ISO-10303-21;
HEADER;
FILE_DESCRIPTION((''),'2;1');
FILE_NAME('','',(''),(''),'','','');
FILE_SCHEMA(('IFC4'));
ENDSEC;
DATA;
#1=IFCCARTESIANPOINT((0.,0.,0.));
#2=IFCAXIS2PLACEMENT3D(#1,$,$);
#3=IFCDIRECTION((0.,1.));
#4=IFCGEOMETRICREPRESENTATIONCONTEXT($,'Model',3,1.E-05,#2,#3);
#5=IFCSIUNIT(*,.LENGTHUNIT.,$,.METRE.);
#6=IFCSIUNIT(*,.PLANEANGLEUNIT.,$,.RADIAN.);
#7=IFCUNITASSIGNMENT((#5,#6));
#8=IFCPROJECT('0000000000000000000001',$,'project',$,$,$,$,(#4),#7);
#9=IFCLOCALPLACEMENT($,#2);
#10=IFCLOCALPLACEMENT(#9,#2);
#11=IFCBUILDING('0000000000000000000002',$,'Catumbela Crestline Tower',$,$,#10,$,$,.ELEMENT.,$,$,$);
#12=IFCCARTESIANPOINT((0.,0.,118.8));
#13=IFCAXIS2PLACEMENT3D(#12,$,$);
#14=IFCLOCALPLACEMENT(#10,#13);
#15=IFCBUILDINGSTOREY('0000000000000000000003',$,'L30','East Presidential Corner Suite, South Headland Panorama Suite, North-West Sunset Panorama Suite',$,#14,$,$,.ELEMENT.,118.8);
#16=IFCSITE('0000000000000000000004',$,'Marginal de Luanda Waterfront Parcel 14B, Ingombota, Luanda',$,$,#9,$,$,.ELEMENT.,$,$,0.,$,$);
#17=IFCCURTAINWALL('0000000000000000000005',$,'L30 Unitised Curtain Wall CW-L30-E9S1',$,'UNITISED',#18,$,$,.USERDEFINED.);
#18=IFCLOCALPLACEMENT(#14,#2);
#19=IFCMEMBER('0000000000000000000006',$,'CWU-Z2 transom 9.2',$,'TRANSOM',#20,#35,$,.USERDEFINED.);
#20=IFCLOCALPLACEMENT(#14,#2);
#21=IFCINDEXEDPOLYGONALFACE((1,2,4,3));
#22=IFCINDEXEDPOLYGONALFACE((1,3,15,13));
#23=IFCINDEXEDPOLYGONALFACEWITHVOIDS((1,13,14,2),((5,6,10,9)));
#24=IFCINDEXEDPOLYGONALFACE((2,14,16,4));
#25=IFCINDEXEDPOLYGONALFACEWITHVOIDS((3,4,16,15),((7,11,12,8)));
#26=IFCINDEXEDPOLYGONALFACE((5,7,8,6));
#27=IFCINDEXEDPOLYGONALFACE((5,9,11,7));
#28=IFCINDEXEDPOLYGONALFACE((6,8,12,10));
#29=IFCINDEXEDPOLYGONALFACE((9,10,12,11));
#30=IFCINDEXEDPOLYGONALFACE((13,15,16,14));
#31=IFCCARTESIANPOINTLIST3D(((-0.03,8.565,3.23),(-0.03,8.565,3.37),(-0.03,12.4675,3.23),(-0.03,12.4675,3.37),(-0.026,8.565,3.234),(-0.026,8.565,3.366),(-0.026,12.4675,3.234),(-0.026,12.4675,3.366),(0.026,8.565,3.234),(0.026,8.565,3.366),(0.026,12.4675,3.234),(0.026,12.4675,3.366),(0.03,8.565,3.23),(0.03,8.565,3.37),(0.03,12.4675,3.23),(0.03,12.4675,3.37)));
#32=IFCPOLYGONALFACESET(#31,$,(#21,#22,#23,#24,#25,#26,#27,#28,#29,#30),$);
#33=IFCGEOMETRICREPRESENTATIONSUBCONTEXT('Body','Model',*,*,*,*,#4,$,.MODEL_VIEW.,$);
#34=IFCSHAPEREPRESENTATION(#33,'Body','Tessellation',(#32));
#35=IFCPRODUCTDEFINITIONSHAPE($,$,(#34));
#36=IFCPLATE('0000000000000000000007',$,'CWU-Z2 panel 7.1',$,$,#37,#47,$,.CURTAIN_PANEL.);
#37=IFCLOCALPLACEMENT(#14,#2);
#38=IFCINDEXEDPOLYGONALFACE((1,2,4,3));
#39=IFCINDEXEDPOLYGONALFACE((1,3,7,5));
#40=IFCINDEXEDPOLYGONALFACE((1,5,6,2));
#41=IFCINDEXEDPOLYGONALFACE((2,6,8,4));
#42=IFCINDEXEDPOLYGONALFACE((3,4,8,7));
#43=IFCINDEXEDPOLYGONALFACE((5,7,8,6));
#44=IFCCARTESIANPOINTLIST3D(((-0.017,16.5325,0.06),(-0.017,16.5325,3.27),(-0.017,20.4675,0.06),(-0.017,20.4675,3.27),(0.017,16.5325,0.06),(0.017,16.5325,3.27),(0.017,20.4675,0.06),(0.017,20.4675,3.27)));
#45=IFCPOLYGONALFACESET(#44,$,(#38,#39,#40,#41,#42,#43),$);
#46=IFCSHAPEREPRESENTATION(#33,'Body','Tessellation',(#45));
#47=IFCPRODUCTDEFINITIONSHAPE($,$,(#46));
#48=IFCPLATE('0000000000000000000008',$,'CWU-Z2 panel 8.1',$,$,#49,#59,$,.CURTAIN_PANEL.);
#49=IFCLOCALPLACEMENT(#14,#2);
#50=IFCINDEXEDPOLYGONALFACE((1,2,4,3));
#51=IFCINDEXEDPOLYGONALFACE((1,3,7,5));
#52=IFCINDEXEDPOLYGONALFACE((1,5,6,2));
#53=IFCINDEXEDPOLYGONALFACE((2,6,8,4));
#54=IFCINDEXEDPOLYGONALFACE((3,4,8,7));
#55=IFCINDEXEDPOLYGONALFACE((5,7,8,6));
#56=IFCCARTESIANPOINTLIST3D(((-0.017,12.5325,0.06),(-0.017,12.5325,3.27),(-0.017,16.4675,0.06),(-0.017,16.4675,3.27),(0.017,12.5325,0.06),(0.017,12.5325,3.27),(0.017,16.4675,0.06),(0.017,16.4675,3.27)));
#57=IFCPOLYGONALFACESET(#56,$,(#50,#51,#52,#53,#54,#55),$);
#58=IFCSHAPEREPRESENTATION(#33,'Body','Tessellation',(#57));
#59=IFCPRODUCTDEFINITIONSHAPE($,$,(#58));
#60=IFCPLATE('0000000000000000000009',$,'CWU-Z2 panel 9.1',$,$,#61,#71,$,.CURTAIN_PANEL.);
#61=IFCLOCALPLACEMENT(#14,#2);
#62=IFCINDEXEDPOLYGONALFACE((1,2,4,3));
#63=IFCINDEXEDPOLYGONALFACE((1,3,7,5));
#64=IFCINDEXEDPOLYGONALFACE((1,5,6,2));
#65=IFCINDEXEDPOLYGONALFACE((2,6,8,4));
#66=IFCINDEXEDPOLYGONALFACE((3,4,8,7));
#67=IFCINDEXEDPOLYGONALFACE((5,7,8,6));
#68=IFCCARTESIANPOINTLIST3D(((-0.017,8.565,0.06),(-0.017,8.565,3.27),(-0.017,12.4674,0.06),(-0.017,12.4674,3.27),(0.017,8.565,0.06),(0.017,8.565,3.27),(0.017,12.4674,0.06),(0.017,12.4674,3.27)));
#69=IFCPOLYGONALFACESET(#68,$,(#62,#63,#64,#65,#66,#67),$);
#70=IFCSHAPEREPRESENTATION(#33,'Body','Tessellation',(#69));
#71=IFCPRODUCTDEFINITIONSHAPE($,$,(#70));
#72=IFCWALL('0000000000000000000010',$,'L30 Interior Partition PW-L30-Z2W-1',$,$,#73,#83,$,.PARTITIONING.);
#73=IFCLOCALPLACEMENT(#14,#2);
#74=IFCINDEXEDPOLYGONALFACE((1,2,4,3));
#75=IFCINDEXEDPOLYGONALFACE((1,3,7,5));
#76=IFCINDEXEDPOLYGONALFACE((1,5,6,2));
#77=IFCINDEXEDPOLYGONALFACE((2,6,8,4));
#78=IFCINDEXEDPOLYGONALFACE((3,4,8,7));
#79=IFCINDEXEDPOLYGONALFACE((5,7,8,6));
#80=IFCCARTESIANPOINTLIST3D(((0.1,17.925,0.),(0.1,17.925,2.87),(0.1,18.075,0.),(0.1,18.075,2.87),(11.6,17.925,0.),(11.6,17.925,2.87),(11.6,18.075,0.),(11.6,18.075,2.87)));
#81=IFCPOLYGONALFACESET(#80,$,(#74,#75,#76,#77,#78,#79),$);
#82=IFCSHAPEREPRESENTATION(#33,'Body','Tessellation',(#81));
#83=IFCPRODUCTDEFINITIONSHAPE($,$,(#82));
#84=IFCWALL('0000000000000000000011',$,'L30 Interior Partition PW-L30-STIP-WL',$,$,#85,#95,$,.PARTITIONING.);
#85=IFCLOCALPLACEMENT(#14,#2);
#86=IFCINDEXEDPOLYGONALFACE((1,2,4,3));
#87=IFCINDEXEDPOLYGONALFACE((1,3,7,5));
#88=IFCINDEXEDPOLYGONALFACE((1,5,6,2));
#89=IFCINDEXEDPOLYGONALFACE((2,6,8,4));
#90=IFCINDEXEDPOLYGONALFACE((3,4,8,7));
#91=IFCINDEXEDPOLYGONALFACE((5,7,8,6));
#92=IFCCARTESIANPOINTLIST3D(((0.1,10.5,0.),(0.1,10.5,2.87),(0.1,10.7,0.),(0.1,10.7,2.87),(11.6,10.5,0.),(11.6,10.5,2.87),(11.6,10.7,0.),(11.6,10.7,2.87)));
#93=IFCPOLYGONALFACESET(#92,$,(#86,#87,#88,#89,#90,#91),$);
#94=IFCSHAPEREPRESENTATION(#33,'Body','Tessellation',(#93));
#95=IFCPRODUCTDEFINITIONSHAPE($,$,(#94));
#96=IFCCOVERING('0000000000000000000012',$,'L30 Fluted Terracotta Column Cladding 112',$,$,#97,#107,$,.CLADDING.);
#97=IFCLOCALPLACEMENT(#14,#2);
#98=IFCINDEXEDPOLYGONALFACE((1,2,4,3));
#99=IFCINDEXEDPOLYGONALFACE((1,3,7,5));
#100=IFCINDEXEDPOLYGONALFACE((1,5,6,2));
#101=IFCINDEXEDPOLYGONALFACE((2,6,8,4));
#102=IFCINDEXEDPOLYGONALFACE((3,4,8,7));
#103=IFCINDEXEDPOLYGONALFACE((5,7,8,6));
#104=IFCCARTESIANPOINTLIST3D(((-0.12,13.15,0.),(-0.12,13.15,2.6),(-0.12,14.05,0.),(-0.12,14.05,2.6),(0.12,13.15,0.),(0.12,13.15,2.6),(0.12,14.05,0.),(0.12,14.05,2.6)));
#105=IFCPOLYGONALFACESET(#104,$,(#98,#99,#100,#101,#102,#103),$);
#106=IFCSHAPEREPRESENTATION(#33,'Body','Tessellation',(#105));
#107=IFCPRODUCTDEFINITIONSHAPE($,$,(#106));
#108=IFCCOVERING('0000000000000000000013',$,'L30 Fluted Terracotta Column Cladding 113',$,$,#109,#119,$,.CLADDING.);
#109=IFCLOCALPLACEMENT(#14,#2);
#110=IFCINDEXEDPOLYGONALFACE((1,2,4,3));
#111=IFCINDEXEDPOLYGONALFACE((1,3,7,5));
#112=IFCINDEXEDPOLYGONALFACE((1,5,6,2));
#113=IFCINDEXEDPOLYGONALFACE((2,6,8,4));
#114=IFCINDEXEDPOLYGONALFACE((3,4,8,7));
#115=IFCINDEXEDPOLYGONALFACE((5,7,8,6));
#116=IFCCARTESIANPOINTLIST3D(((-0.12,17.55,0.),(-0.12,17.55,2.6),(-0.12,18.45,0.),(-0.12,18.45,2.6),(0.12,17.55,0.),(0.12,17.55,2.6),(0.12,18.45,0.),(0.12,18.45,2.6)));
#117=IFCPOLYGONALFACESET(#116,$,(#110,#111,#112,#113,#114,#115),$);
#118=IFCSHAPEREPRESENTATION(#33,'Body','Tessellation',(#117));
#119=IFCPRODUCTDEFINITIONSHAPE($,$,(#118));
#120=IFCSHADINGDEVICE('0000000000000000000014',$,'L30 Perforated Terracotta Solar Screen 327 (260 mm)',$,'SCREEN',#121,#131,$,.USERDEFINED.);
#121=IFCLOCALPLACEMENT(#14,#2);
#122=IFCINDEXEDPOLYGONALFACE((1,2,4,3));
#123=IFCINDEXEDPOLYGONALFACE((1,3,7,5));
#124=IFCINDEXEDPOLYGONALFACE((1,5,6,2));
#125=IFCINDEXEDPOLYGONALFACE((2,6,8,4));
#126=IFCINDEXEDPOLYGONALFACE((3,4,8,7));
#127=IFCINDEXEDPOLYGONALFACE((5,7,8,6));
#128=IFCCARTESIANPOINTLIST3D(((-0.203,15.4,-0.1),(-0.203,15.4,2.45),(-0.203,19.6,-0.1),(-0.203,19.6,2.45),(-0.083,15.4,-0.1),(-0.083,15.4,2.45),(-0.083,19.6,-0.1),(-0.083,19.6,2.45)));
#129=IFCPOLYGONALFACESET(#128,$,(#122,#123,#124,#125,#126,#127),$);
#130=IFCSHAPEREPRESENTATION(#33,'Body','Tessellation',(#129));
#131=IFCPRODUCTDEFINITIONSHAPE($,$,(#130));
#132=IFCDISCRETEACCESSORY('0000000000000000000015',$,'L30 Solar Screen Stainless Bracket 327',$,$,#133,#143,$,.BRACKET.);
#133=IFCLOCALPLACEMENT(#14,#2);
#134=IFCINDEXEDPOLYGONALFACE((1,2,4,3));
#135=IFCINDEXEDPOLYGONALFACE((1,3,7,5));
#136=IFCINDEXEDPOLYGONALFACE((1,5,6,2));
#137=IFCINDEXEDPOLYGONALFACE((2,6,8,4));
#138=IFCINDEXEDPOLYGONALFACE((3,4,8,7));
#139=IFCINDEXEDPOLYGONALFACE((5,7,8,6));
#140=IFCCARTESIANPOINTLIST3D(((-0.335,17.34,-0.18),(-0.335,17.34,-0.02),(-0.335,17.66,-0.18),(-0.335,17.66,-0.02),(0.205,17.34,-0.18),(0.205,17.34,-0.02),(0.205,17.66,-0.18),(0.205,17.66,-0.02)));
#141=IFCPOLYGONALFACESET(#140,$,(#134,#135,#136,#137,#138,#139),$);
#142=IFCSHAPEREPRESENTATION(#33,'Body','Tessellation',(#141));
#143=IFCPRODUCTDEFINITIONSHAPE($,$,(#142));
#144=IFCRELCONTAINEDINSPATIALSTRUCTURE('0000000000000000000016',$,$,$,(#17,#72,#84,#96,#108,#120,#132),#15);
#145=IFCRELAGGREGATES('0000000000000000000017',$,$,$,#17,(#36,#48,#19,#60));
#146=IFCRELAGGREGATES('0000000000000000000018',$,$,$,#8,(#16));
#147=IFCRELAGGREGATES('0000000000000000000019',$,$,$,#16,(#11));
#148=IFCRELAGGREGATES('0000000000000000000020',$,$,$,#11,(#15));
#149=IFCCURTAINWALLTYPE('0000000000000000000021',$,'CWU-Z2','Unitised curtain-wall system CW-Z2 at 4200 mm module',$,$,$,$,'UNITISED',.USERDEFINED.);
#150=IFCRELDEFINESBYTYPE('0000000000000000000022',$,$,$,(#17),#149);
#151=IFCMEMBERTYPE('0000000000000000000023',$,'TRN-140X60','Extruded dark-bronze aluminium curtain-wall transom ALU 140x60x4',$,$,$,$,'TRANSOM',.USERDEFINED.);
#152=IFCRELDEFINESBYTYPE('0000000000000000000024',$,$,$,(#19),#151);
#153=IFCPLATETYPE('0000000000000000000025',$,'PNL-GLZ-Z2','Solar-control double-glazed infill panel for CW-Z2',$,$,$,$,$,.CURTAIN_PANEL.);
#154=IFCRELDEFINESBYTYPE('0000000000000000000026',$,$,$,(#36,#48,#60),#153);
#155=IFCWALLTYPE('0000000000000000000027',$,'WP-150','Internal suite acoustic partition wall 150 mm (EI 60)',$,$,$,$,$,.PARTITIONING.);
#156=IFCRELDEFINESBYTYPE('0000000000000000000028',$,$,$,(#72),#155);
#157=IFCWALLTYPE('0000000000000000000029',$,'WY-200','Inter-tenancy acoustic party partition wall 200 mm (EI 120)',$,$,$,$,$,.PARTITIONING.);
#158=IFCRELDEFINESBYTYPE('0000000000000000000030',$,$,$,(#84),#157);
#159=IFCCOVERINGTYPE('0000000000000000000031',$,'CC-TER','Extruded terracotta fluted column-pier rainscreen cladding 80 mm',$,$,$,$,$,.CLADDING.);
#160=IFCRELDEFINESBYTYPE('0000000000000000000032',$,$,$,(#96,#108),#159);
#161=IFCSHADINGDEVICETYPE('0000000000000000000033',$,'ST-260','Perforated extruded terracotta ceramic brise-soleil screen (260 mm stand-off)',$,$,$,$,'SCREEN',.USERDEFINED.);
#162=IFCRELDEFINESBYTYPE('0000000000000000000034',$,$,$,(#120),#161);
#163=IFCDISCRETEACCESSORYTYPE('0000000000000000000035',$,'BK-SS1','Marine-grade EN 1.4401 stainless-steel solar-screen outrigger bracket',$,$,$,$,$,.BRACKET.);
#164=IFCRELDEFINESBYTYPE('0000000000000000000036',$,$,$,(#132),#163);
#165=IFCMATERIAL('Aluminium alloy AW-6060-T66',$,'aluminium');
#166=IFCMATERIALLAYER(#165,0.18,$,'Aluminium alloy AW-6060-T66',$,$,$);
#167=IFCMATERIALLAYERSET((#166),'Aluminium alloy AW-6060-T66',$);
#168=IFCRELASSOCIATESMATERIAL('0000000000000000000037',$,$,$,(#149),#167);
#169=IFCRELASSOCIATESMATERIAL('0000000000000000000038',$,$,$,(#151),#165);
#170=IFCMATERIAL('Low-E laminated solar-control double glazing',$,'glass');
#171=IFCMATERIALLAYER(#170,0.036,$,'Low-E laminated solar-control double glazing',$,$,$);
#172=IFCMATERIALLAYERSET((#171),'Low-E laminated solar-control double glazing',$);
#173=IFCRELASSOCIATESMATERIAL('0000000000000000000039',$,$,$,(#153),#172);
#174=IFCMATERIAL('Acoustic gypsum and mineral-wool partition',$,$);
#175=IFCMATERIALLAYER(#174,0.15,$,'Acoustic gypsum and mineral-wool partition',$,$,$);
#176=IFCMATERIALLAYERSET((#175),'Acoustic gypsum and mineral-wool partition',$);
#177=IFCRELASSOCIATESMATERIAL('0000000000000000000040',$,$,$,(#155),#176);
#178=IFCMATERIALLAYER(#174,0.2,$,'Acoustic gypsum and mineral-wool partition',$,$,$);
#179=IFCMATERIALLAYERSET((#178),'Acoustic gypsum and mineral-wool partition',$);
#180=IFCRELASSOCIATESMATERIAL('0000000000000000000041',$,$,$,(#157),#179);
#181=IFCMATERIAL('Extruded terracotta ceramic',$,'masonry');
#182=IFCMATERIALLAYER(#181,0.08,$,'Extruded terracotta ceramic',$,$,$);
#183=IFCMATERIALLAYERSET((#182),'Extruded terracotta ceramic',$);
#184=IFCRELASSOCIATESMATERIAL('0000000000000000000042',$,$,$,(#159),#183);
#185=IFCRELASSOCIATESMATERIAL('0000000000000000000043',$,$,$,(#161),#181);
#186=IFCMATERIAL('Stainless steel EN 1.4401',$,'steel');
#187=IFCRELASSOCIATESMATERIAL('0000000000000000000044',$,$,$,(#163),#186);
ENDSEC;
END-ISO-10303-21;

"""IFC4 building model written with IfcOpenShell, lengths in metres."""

from ifc_helpers import new_model, si_unit, direction, frame, frame_2d, origin, origin_2d, place, context, subcontext, project, spatial, rectangle, hollow_rectangle, extrude, material, layer, layer_set, material_profile, profile_set, type_object, element, aggregate, save


model = new_model("IFC4")

# Units and contexts
model_context = context("Model", 3, precision=1e-05, world=origin(), true_north=direction((0.0, 1.0)))
body_context = subcontext(model_context, "Body", "Model", "MODEL_VIEW")
ifc_project = project(units=[si_unit("LENGTHUNIT", "METRE"), si_unit("PLANEANGLEUNIT", "RADIAN")], contexts=[model_context])

# Site, building, storey
site_placement = place(None, origin())
site = spatial("IfcSite", under=ifc_project, at=site_placement, Name="Marginal de Luanda Waterfront Parcel 14B, Ingombota, Luanda", CompositionType="ELEMENT", RefElevation=0.0)
building_placement = place(site_placement, origin())
building = spatial("IfcBuilding", under=site, at=building_placement, Name="Catumbela Crestline Tower", CompositionType="ELEMENT")
storey_placement = place(building_placement, frame((0.0, 0.0, 118.8)))
storey = spatial("IfcBuildingStorey", under=building, at=storey_placement, Name="L30", Description="East Presidential Corner Suite, South Headland Panorama Suite, North-West Sunset Panorama Suite", CompositionType="ELEMENT", Elevation=118.8)

# Curtain wall
ifc_material_1 = material(Name="Aluminium alloy AW-6060-T66", Category="aluminium")
ifc_layer_1 = layer(ifc_material_1, 0.18, Name="Aluminium alloy AW-6060-T66")
ifc_layer_set_1 = layer_set([ifc_layer_1], Name="Aluminium alloy AW-6060-T66")
curtain_wall_type = type_object("IfcCurtainWallType", Name="CWU-Z2", Description="Unitised curtain-wall system CW-Z2 at 4200 mm module", ElementType="UNITISED", PredefinedType="USERDEFINED", material=ifc_layer_set_1)
curtain_wall_placement = place(storey_placement, origin())
curtain_wall = element("IfcCurtainWall", 1, at=curtain_wall_placement, inside=storey, type_object=curtain_wall_type, Name="L30 Unitised Curtain Wall CW-L30-E9S1", ObjectType="UNITISED", PredefinedType="USERDEFINED")

# Member
ifc_material_profile_1 = material_profile(ifc_material_1, hollow_rectangle(XDim=0.06, YDim=0.14, WallThickness=0.004, at=origin_2d()), Name="ALU 140x60x4")
ifc_profile_set_1 = profile_set([ifc_material_profile_1], Name="Aluminium alloy AW-6060-T66")
member_type_1 = type_object("IfcMemberType", Name="TRN-140X60", Description="Extruded dark-bronze aluminium curtain-wall transom ALU 140x60x4", ElementType="TRANSOM", PredefinedType="USERDEFINED", material=ifc_profile_set_1)
member_1_placement = place(storey_placement, frame((0.0, 12.4675, 3.3), z_axis=(0.0, -1.0, 0.0), x_axis=(1.0, 0.0, 0.0)))
member_1 = element("IfcMember", 2, at=member_1_placement, type_object=member_type_1, Name="CWU-Z2 transom 9.2", ObjectType="TRANSOM", PredefinedType="USERDEFINED", context=body_context, shape_type="SweptSolid", body=[
    extrude(hollow_rectangle(XDim=0.06, YDim=0.14, WallThickness=0.004, at=origin_2d()), origin(), (0.0, 0.0, 1.0), 3.9025),
])

# Plates
ifc_material_2 = material(Name="Low-E laminated solar-control double glazing", Category="glass")
ifc_layer_2 = layer(ifc_material_2, 0.036, Name="Low-E laminated solar-control double glazing")
ifc_layer_set_2 = layer_set([ifc_layer_2], Name="Low-E laminated solar-control double glazing")
plate_type = type_object("IfcPlateType", Name="PNL-GLZ-Z2", Description="Solar-control double-glazed infill panel for CW-Z2", PredefinedType="CURTAIN_PANEL", material=ifc_layer_set_2)
plate_1_placement = place(storey_placement, frame((0.0, 18.5, 0.06), z_axis=(0.0, 0.0, 1.0), x_axis=(0.0, -1.0, 0.0)))
plate_1 = element("IfcPlate", 3, at=plate_1_placement, type_object=plate_type, Name="CWU-Z2 panel 7.1", PredefinedType="CURTAIN_PANEL", context=body_context, shape_type="SweptSolid", body=[
    extrude(rectangle(XDim=3.935, YDim=0.034, at=origin_2d()), origin(), (0.0, 0.0, 1.0), 3.21),
])
plate_2_placement = place(storey_placement, frame((0.0, 14.5, 0.06), z_axis=(0.0, 0.0, 1.0), x_axis=(0.0, -1.0, 0.0)))
plate_2 = element("IfcPlate", 4, at=plate_2_placement, type_object=plate_type, Name="CWU-Z2 panel 8.1", PredefinedType="CURTAIN_PANEL", context=body_context, shape_type="SweptSolid", body=[
    extrude(rectangle(XDim=3.935, YDim=0.034, at=origin_2d()), origin(), (0.0, 0.0, 1.0), 3.21),
])
plate_3_placement = place(storey_placement, frame((0.0, 10.5162, 0.06), z_axis=(0.0, 0.0, 1.0), x_axis=(0.0, -1.0, 0.0)))
plate_3 = element("IfcPlate", 5, at=plate_3_placement, type_object=plate_type, Name="CWU-Z2 panel 9.1", PredefinedType="CURTAIN_PANEL", context=body_context, shape_type="SweptSolid", body=[
    extrude(rectangle(XDim=3.9025, YDim=0.034, at=origin_2d()), origin(), (0.0, 0.0, 1.0), 3.21),
])
aggregate(curtain_wall, [plate_1, plate_2, member_1, plate_3])

# Walls
ifc_material_3 = material(Name="Acoustic gypsum and mineral-wool partition")
ifc_layer_3 = layer(ifc_material_3, 0.15, Name="Acoustic gypsum and mineral-wool partition")
ifc_layer_set_3 = layer_set([ifc_layer_3], Name="Acoustic gypsum and mineral-wool partition")
wall_type_1 = type_object("IfcWallType", Name="WP-150", Description="Internal suite acoustic partition wall 150 mm (EI 60)", PredefinedType="PARTITIONING", material=ifc_layer_set_3)
wall_1_placement = place(storey_placement, frame((0.1, 18.0, 0.0), z_axis=(0.0, 0.0, 1.0), x_axis=(1.0, 0.0, 0.0)))
element("IfcWall", 6, at=wall_1_placement, inside=storey, type_object=wall_type_1, Name="L30 Interior Partition PW-L30-Z2W-1", PredefinedType="PARTITIONING", context=body_context, shape_type="SweptSolid", body=[
    extrude(rectangle(XDim=11.5, YDim=0.15, at=frame_2d((5.75, 0.0))), origin(), (0.0, 0.0, 1.0), 2.87),
])
ifc_layer_4 = layer(ifc_material_3, 0.2, Name="Acoustic gypsum and mineral-wool partition")
ifc_layer_set_4 = layer_set([ifc_layer_4], Name="Acoustic gypsum and mineral-wool partition")
wall_type_2 = type_object("IfcWallType", Name="WY-200", Description="Inter-tenancy acoustic party partition wall 200 mm (EI 120)", PredefinedType="PARTITIONING", material=ifc_layer_set_4)
wall_2_placement = place(storey_placement, frame((0.1, 10.6, 0.0), z_axis=(0.0, 0.0, 1.0), x_axis=(1.0, 0.0, 0.0)))
element("IfcWall", 7, at=wall_2_placement, inside=storey, type_object=wall_type_2, Name="L30 Interior Partition PW-L30-STIP-WL", PredefinedType="PARTITIONING", context=body_context, shape_type="SweptSolid", body=[
    extrude(rectangle(XDim=11.5, YDim=0.2, at=frame_2d((5.75, 0.0))), origin(), (0.0, 0.0, 1.0), 2.87),
])

# Coverings
ifc_material_4 = material(Name="Extruded terracotta ceramic", Category="masonry")
ifc_layer_5 = layer(ifc_material_4, 0.08, Name="Extruded terracotta ceramic")
ifc_layer_set_5 = layer_set([ifc_layer_5], Name="Extruded terracotta ceramic")
covering_type = type_object("IfcCoveringType", Name="CC-TER", Description="Extruded terracotta fluted column-pier rainscreen cladding 80 mm", PredefinedType="CLADDING", material=ifc_layer_set_5)
for number, where, z_axis, x_axis, name in (
    (8, (0.0, 13.6, 0.0), (0.0, 0.0, 1.0), (0.0, -1.0, 0.0), "L30 Fluted Terracotta Column Cladding 112"),
    (9, (0.0, 18.0, 0.0), (0.0, 0.0, 1.0), (0.0, -1.0, 0.0), "L30 Fluted Terracotta Column Cladding 113"),
):
    element("IfcCovering", number, at=place(storey_placement, frame(where, z_axis=z_axis, x_axis=x_axis)), inside=storey, type_object=covering_type, Name=name, PredefinedType="CLADDING", context=body_context, shape_type="SweptSolid", body=[
        extrude(rectangle(XDim=0.9, YDim=0.24, at=origin_2d()), origin(), (0.0, 0.0, 1.0), 2.6),
    ])

# Shading device
shading_device_type = type_object("IfcShadingDeviceType", Name="ST-260", Description="Perforated extruded terracotta ceramic brise-soleil screen (260 mm stand-off)", ElementType="SCREEN", PredefinedType="USERDEFINED", material=ifc_material_4)
shading_device_placement = place(storey_placement, frame((-0.143, 17.5, -0.1), z_axis=(0.0, 0.0, 1.0), x_axis=(0.0, -1.0, 0.0)))
element("IfcShadingDevice", 10, at=shading_device_placement, inside=storey, type_object=shading_device_type, Name="L30 Perforated Terracotta Solar Screen 327 (260 mm)", ObjectType="SCREEN", PredefinedType="USERDEFINED", context=body_context, shape_type="SweptSolid", body=[
    extrude(rectangle(XDim=4.2, YDim=0.12, at=origin_2d()), origin(), (0.0, 0.0, 1.0), 2.55),
])

# Discrete accessory
ifc_material_5 = material(Name="Stainless steel EN 1.4401", Category="steel")
discrete_accessory_type = type_object("IfcDiscreteAccessoryType", Name="BK-SS1", Description="Marine-grade EN 1.4401 stainless-steel solar-screen outrigger bracket", PredefinedType="BRACKET", material=ifc_material_5)
discrete_accessory_placement = place(storey_placement, frame((-0.065, 17.5, -0.18), z_axis=(0.0, 0.0, 1.0), x_axis=(0.0, -1.0, 0.0)))
element("IfcDiscreteAccessory", 11, at=discrete_accessory_placement, inside=storey, type_object=discrete_accessory_type, Name="L30 Solar Screen Stainless Bracket 327", PredefinedType="BRACKET", context=body_context, shape_type="SweptSolid", body=[
    extrude(rectangle(XDim=0.32, YDim=0.54, at=origin_2d()), origin(), (0.0, 0.0, 1.0), 0.16),
])

save(model, "model.ifc")
